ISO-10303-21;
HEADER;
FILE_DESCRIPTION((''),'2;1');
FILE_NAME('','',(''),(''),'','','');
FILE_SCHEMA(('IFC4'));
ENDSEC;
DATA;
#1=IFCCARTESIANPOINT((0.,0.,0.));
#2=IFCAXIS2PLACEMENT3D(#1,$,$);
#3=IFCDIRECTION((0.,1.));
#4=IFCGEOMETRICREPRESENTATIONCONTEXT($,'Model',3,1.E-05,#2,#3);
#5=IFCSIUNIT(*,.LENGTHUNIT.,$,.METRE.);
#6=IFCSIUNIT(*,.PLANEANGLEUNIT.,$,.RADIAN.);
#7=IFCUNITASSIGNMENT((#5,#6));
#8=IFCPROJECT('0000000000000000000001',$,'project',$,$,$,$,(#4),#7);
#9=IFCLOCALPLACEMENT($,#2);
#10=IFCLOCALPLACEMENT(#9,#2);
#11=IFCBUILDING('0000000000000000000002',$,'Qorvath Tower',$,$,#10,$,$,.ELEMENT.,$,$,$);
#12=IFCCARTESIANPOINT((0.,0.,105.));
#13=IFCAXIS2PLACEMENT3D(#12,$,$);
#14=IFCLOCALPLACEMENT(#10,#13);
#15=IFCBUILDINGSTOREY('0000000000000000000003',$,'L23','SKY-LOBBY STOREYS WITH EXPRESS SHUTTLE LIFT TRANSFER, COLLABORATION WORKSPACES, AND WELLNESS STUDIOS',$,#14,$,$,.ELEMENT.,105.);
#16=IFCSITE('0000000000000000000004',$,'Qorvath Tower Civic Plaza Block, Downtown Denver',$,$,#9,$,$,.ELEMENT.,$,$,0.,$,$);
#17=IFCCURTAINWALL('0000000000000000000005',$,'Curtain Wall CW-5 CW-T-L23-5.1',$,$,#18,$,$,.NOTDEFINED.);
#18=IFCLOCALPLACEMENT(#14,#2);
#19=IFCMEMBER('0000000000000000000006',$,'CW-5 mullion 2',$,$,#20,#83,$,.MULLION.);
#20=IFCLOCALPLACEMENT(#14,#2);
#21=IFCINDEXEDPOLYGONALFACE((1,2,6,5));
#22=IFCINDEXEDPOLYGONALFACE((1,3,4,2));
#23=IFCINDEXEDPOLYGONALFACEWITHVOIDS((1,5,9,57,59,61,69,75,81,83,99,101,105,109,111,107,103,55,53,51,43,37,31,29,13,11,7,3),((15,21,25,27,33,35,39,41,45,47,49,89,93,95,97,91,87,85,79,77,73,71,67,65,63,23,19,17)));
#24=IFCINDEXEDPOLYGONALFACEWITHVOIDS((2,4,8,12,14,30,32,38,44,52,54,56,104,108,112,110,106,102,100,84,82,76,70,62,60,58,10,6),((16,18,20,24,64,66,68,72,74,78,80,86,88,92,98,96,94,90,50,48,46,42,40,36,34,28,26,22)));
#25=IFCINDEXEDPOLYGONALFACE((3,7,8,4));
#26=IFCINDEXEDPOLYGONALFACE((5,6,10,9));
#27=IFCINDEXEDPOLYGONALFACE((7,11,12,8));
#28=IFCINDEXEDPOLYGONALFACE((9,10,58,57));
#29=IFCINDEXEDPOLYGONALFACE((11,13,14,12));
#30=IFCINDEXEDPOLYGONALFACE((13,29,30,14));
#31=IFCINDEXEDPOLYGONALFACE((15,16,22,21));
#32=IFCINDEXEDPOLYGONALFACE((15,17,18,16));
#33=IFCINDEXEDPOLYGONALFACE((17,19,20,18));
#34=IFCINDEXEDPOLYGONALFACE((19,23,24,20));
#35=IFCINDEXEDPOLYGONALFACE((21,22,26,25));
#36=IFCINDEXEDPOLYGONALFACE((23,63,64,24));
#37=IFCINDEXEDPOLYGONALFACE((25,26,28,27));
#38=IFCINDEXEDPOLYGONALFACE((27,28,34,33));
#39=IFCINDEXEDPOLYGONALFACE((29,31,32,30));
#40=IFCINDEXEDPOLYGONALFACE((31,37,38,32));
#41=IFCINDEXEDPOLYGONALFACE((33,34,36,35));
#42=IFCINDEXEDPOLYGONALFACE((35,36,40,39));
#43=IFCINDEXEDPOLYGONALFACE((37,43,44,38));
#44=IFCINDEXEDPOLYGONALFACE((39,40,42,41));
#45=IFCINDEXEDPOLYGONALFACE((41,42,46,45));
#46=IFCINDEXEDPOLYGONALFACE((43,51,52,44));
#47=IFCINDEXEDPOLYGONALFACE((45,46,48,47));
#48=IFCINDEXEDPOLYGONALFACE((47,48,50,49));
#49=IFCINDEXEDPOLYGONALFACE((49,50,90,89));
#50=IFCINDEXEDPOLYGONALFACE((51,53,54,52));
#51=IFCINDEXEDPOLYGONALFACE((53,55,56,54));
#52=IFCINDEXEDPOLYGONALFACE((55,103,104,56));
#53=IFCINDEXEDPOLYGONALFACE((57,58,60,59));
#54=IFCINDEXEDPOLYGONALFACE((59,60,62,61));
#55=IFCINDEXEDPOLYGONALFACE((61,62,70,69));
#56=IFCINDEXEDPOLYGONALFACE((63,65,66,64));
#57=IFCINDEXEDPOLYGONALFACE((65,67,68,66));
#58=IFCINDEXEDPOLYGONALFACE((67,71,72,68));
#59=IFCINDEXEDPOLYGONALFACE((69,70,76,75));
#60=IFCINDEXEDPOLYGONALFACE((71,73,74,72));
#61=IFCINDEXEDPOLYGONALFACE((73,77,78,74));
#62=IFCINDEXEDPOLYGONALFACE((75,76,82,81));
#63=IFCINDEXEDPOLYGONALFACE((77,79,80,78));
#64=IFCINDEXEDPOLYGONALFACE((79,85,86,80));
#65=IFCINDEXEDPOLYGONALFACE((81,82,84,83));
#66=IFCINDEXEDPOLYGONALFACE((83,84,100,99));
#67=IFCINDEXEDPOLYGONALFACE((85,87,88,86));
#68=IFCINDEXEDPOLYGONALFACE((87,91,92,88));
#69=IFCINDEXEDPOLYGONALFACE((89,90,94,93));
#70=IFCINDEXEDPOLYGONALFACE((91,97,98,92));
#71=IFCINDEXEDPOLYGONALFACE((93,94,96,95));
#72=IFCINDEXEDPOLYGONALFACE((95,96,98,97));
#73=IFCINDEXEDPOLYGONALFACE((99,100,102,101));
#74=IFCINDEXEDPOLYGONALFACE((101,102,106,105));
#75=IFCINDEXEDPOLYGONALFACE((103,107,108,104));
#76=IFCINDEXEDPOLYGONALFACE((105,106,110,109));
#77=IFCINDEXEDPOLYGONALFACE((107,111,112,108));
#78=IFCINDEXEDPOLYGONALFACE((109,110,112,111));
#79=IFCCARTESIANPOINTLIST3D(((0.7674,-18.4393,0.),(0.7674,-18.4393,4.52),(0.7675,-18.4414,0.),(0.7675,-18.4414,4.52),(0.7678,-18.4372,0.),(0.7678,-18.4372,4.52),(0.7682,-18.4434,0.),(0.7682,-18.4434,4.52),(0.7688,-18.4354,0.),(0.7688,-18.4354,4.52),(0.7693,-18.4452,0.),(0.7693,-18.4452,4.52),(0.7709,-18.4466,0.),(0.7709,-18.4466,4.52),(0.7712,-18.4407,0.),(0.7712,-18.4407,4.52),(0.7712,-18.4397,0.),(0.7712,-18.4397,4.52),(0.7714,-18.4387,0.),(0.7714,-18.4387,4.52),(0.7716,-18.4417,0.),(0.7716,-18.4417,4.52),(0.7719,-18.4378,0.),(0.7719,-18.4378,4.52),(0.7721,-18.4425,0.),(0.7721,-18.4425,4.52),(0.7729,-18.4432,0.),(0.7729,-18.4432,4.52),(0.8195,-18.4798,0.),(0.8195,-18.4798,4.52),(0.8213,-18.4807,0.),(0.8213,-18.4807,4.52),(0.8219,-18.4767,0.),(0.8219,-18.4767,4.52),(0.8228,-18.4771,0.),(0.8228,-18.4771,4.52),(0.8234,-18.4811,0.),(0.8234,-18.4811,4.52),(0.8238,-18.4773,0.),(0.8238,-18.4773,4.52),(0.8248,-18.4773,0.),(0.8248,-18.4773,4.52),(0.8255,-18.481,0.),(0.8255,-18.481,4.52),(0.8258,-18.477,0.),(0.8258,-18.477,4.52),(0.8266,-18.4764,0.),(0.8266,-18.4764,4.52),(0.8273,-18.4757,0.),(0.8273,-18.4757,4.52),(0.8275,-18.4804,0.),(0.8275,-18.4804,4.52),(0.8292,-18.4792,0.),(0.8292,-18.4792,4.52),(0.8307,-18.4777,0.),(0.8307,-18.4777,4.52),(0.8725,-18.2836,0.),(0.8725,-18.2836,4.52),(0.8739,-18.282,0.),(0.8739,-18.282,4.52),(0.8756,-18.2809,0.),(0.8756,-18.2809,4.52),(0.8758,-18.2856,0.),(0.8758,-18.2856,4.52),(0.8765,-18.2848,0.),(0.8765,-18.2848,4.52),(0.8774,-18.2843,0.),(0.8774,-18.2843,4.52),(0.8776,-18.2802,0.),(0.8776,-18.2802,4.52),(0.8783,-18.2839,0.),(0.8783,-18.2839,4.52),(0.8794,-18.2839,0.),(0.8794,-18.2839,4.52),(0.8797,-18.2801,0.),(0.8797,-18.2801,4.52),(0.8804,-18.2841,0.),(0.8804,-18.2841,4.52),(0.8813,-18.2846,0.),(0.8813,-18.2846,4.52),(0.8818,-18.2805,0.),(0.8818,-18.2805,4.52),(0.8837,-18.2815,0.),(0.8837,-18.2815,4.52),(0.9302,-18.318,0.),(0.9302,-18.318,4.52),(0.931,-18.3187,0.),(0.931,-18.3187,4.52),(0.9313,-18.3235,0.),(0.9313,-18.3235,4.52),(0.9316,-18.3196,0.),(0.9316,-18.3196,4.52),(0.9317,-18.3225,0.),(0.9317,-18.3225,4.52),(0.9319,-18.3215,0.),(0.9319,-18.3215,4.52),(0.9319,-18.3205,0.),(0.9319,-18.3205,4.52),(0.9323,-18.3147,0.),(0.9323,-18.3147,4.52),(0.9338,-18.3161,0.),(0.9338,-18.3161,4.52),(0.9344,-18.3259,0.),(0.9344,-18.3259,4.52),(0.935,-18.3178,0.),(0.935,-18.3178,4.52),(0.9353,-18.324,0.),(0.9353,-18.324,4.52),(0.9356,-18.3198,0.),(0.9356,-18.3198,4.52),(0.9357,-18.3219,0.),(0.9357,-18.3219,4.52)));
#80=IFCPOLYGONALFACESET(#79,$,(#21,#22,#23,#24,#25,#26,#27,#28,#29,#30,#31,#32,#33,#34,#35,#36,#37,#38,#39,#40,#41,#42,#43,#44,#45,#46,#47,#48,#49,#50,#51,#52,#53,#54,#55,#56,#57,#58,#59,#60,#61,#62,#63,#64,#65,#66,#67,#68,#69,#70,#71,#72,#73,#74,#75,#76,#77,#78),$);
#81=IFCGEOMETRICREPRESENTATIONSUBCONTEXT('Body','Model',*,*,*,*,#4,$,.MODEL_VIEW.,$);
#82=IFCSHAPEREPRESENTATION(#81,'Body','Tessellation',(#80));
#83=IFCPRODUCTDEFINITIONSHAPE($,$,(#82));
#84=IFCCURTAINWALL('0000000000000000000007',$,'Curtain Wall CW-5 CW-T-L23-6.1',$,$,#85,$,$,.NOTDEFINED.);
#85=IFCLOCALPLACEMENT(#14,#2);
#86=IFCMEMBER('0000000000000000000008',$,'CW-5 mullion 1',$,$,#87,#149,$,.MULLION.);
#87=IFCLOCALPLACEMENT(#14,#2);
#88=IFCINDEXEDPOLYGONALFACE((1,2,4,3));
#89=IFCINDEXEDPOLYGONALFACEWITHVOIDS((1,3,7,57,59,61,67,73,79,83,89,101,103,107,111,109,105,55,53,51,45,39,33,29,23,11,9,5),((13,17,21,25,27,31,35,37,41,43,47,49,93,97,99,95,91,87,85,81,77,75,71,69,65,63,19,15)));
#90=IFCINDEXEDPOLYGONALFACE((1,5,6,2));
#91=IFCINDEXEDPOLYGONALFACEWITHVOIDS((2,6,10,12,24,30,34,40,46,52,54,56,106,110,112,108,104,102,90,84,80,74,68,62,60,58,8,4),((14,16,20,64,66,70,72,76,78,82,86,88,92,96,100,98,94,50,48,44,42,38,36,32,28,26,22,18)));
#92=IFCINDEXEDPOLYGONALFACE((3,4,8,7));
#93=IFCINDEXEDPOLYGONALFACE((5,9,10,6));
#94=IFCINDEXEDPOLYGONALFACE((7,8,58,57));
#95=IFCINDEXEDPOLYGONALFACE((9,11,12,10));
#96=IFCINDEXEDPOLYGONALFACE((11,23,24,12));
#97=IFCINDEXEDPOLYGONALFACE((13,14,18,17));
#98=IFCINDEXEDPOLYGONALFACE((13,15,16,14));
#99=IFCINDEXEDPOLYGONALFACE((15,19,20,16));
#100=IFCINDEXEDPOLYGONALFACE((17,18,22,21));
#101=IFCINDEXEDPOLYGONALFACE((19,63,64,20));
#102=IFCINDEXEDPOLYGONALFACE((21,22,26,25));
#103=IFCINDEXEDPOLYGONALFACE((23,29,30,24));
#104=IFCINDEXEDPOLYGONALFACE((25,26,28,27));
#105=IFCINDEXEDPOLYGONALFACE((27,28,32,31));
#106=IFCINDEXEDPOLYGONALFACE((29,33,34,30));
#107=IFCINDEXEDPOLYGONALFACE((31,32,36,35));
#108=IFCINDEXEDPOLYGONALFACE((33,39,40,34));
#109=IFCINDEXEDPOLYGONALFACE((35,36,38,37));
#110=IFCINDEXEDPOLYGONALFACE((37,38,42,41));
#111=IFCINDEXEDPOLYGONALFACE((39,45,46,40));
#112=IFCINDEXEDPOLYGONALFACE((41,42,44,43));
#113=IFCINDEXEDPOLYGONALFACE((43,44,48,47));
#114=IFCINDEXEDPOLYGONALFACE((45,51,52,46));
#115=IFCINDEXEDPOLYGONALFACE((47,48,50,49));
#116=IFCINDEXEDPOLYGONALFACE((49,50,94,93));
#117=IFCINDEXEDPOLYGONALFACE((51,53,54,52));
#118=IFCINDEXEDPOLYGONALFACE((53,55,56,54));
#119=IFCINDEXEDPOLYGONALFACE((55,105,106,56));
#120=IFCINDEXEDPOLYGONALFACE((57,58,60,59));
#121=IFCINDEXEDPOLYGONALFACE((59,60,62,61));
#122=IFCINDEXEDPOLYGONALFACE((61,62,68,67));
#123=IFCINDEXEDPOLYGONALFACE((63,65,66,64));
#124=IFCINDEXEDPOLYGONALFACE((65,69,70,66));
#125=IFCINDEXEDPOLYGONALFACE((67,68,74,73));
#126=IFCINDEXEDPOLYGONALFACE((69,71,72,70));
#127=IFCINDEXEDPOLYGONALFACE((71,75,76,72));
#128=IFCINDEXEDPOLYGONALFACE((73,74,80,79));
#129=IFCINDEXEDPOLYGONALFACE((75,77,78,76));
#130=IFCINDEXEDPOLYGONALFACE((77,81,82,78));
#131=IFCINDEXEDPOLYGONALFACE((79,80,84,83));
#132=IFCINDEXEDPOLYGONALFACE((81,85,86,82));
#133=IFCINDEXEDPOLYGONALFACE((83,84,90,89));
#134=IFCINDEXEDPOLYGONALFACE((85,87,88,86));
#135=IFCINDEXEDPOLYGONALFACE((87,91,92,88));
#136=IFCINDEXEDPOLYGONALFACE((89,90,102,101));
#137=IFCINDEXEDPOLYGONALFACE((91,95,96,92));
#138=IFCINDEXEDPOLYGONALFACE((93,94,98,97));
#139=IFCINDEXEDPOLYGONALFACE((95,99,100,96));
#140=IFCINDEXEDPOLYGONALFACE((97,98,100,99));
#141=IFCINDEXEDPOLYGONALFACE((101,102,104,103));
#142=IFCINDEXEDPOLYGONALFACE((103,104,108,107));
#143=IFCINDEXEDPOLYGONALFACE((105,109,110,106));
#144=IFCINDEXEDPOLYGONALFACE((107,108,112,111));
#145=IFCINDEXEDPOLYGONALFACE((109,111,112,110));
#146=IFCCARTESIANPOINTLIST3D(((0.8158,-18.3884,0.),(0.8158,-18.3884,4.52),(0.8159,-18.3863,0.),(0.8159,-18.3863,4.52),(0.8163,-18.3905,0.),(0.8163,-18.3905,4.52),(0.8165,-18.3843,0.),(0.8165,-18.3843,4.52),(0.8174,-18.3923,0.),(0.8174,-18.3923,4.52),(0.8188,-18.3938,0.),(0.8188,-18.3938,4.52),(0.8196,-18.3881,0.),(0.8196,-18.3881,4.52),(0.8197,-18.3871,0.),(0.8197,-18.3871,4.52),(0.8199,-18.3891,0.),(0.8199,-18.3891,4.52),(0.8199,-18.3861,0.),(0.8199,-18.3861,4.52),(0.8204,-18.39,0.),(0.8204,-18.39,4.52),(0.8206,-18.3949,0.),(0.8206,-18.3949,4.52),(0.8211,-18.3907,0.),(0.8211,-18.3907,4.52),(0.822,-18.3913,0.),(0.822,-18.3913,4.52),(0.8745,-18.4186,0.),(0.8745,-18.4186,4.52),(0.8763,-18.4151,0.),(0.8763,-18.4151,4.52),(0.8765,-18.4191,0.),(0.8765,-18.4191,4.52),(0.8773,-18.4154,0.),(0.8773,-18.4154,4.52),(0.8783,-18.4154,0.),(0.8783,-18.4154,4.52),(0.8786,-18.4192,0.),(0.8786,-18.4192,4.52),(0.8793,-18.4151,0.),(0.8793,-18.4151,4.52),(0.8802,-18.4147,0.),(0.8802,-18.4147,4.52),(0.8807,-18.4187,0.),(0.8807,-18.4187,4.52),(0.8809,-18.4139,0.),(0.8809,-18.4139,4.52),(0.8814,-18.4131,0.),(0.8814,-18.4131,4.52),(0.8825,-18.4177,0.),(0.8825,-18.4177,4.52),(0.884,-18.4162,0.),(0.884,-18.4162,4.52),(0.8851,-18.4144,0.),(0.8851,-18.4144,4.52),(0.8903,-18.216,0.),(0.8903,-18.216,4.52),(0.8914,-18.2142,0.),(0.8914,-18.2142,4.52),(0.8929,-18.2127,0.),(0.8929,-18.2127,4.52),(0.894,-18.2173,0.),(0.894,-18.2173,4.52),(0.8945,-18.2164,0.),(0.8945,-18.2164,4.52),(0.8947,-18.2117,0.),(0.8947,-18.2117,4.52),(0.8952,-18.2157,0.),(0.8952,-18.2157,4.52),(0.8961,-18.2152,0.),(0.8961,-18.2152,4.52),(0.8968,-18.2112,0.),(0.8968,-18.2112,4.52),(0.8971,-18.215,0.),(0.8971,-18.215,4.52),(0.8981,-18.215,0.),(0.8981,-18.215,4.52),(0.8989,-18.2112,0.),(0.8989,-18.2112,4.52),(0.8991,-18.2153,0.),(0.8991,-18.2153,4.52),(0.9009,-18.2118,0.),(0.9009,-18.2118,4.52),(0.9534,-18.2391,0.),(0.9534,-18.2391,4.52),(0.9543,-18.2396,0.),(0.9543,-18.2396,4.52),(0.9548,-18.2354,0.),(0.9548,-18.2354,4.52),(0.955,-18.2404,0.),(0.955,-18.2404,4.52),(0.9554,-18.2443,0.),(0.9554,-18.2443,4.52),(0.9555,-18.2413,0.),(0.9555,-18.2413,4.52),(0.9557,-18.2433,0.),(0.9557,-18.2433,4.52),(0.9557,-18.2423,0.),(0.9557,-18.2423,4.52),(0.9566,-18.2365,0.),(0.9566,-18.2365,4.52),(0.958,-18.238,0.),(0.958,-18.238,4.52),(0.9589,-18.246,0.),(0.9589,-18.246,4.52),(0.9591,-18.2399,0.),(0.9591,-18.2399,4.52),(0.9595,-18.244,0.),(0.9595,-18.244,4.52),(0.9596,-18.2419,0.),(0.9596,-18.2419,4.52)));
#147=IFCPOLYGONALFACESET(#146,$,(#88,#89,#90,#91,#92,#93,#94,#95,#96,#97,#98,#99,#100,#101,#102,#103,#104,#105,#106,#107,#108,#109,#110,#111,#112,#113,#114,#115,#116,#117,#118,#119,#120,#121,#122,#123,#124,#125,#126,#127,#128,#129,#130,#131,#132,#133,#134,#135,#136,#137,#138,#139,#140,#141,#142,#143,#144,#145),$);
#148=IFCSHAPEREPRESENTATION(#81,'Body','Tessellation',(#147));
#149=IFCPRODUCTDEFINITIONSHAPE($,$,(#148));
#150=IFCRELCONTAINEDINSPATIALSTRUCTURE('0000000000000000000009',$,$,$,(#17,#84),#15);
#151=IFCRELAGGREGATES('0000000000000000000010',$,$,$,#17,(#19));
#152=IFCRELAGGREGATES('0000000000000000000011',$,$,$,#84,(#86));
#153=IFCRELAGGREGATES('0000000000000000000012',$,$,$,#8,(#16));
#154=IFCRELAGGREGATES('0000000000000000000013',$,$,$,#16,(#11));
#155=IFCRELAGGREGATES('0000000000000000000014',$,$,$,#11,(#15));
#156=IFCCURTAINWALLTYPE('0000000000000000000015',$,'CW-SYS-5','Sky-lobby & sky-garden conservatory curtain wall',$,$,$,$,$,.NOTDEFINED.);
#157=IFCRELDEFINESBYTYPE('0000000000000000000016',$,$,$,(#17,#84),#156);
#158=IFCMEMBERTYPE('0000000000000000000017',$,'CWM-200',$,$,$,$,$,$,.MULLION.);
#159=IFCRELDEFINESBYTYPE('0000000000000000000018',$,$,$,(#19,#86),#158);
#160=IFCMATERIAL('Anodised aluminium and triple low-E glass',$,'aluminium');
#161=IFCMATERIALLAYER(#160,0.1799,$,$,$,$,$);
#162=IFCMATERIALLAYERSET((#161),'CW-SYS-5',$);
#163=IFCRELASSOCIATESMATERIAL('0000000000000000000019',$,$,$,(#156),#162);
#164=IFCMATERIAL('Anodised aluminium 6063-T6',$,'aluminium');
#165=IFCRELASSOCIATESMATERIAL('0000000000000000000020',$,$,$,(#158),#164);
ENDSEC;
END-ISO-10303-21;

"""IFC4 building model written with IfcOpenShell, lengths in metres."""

from ifc_helpers import new_model, si_unit, direction, frame, origin, origin_2d, place, context, subcontext, project, spatial, hollow_rectangle, extrude, material, layer, layer_set, material_profile, profile_set, type_object, element, aggregate, save


model = new_model("IFC4")

# Units and contexts
model_context = context("Model", 3, precision=1e-05, world=origin(), true_north=direction((0.0, 1.0)))
body_context = subcontext(model_context, "Body", "Model", "MODEL_VIEW")
ifc_project = project(units=[si_unit("LENGTHUNIT", "METRE"), si_unit("PLANEANGLEUNIT", "RADIAN")], contexts=[model_context])

# Site, building, storey
site_placement = place(None, origin())
site = spatial("IfcSite", under=ifc_project, at=site_placement, Name="Qorvath Tower Civic Plaza Block, Downtown Denver", CompositionType="ELEMENT", RefElevation=0.0)
building_placement = place(site_placement, origin())
building = spatial("IfcBuilding", under=site, at=building_placement, Name="Qorvath Tower", CompositionType="ELEMENT")
storey_placement = place(building_placement, frame((0.0, 0.0, 105.0)))
storey = spatial("IfcBuildingStorey", under=building, at=storey_placement, Name="L23", Description="SKY-LOBBY STOREYS WITH EXPRESS SHUTTLE LIFT TRANSFER, COLLABORATION WORKSPACES, AND WELLNESS STUDIOS", CompositionType="ELEMENT", Elevation=105.0)

# Curtain wall, member
ifc_material_1 = material(Name="Anodised aluminium and triple low-E glass", Category="aluminium")
ifc_layer_1 = layer(ifc_material_1, 0.1799)
ifc_layer_set_1 = layer_set([ifc_layer_1], Name="CW-SYS-5")
curtain_wall_type = type_object("IfcCurtainWallType", Name="CW-SYS-5", Description="Sky-lobby & sky-garden conservatory curtain wall", PredefinedType="NOTDEFINED", material=ifc_layer_set_1)
curtain_wall_1_placement = place(storey_placement, origin())
curtain_wall_1 = element("IfcCurtainWall", 1, at=curtain_wall_1_placement, inside=storey, type_object=curtain_wall_type, Name="Curtain Wall CW-5 CW-T-L23-5.1", PredefinedType="NOTDEFINED")
ifc_material_2 = material(Name="Anodised aluminium 6063-T6", Category="aluminium")
ifc_material_profile_1 = material_profile(ifc_material_2, hollow_rectangle(XDim=0.075, YDim=0.2, WallThickness=0.0039, InnerFilletRadius=0.0039, OuterFilletRadius=0.0081, at=origin_2d()), Name="CWM 200x75")
ifc_profile_set_1 = profile_set([ifc_material_profile_1], Name="Anodised aluminium 6063-T6")
member_type_1 = type_object("IfcMemberType", Name="CWM-200", PredefinedType="MULLION", material=ifc_profile_set_1)
member_1_placement = place(storey_placement, frame((0.8516, -18.3806, 0.0), z_axis=(0.0, 0.0, 1.0), x_axis=(-0.825693, 0.56412, 0.0)))
member_1 = element("IfcMember", 2, at=member_1_placement, type_object=member_type_1, Name="CW-5 mullion 2", PredefinedType="MULLION", context=body_context, shape_type="SweptSolid", body=[
    extrude(hollow_rectangle(XDim=0.075, YDim=0.2, WallThickness=0.0039, InnerFilletRadius=0.0039, OuterFilletRadius=0.0081, at=origin_2d()), origin(), (0.0, 0.0, 1.0), 4.52),
])

# Curtain wall, member
curtain_wall_2_placement = place(storey_placement, origin())
curtain_wall_2 = element("IfcCurtainWall", 3, at=curtain_wall_2_placement, inside=storey, type_object=curtain_wall_type, Name="Curtain Wall CW-5 CW-T-L23-6.1", PredefinedType="NOTDEFINED")
member_2_placement = place(storey_placement, frame((0.8877, -18.3152, 0.0), z_axis=(0.0, 0.0, 1.0), x_axis=(-0.915851, 0.401519, 0.0)))
member_2 = element("IfcMember", 4, at=member_2_placement, type_object=member_type_1, Name="CW-5 mullion 1", PredefinedType="MULLION", context=body_context, shape_type="SweptSolid", body=[
    extrude(hollow_rectangle(XDim=0.075, YDim=0.2, WallThickness=0.0039, InnerFilletRadius=0.0039, OuterFilletRadius=0.0081, at=origin_2d()), origin(), (0.0, 0.0, 1.0), 4.52),
])

aggregate(curtain_wall_1, [member_1])
aggregate(curtain_wall_2, [member_2])

save(model, "model.ifc")
